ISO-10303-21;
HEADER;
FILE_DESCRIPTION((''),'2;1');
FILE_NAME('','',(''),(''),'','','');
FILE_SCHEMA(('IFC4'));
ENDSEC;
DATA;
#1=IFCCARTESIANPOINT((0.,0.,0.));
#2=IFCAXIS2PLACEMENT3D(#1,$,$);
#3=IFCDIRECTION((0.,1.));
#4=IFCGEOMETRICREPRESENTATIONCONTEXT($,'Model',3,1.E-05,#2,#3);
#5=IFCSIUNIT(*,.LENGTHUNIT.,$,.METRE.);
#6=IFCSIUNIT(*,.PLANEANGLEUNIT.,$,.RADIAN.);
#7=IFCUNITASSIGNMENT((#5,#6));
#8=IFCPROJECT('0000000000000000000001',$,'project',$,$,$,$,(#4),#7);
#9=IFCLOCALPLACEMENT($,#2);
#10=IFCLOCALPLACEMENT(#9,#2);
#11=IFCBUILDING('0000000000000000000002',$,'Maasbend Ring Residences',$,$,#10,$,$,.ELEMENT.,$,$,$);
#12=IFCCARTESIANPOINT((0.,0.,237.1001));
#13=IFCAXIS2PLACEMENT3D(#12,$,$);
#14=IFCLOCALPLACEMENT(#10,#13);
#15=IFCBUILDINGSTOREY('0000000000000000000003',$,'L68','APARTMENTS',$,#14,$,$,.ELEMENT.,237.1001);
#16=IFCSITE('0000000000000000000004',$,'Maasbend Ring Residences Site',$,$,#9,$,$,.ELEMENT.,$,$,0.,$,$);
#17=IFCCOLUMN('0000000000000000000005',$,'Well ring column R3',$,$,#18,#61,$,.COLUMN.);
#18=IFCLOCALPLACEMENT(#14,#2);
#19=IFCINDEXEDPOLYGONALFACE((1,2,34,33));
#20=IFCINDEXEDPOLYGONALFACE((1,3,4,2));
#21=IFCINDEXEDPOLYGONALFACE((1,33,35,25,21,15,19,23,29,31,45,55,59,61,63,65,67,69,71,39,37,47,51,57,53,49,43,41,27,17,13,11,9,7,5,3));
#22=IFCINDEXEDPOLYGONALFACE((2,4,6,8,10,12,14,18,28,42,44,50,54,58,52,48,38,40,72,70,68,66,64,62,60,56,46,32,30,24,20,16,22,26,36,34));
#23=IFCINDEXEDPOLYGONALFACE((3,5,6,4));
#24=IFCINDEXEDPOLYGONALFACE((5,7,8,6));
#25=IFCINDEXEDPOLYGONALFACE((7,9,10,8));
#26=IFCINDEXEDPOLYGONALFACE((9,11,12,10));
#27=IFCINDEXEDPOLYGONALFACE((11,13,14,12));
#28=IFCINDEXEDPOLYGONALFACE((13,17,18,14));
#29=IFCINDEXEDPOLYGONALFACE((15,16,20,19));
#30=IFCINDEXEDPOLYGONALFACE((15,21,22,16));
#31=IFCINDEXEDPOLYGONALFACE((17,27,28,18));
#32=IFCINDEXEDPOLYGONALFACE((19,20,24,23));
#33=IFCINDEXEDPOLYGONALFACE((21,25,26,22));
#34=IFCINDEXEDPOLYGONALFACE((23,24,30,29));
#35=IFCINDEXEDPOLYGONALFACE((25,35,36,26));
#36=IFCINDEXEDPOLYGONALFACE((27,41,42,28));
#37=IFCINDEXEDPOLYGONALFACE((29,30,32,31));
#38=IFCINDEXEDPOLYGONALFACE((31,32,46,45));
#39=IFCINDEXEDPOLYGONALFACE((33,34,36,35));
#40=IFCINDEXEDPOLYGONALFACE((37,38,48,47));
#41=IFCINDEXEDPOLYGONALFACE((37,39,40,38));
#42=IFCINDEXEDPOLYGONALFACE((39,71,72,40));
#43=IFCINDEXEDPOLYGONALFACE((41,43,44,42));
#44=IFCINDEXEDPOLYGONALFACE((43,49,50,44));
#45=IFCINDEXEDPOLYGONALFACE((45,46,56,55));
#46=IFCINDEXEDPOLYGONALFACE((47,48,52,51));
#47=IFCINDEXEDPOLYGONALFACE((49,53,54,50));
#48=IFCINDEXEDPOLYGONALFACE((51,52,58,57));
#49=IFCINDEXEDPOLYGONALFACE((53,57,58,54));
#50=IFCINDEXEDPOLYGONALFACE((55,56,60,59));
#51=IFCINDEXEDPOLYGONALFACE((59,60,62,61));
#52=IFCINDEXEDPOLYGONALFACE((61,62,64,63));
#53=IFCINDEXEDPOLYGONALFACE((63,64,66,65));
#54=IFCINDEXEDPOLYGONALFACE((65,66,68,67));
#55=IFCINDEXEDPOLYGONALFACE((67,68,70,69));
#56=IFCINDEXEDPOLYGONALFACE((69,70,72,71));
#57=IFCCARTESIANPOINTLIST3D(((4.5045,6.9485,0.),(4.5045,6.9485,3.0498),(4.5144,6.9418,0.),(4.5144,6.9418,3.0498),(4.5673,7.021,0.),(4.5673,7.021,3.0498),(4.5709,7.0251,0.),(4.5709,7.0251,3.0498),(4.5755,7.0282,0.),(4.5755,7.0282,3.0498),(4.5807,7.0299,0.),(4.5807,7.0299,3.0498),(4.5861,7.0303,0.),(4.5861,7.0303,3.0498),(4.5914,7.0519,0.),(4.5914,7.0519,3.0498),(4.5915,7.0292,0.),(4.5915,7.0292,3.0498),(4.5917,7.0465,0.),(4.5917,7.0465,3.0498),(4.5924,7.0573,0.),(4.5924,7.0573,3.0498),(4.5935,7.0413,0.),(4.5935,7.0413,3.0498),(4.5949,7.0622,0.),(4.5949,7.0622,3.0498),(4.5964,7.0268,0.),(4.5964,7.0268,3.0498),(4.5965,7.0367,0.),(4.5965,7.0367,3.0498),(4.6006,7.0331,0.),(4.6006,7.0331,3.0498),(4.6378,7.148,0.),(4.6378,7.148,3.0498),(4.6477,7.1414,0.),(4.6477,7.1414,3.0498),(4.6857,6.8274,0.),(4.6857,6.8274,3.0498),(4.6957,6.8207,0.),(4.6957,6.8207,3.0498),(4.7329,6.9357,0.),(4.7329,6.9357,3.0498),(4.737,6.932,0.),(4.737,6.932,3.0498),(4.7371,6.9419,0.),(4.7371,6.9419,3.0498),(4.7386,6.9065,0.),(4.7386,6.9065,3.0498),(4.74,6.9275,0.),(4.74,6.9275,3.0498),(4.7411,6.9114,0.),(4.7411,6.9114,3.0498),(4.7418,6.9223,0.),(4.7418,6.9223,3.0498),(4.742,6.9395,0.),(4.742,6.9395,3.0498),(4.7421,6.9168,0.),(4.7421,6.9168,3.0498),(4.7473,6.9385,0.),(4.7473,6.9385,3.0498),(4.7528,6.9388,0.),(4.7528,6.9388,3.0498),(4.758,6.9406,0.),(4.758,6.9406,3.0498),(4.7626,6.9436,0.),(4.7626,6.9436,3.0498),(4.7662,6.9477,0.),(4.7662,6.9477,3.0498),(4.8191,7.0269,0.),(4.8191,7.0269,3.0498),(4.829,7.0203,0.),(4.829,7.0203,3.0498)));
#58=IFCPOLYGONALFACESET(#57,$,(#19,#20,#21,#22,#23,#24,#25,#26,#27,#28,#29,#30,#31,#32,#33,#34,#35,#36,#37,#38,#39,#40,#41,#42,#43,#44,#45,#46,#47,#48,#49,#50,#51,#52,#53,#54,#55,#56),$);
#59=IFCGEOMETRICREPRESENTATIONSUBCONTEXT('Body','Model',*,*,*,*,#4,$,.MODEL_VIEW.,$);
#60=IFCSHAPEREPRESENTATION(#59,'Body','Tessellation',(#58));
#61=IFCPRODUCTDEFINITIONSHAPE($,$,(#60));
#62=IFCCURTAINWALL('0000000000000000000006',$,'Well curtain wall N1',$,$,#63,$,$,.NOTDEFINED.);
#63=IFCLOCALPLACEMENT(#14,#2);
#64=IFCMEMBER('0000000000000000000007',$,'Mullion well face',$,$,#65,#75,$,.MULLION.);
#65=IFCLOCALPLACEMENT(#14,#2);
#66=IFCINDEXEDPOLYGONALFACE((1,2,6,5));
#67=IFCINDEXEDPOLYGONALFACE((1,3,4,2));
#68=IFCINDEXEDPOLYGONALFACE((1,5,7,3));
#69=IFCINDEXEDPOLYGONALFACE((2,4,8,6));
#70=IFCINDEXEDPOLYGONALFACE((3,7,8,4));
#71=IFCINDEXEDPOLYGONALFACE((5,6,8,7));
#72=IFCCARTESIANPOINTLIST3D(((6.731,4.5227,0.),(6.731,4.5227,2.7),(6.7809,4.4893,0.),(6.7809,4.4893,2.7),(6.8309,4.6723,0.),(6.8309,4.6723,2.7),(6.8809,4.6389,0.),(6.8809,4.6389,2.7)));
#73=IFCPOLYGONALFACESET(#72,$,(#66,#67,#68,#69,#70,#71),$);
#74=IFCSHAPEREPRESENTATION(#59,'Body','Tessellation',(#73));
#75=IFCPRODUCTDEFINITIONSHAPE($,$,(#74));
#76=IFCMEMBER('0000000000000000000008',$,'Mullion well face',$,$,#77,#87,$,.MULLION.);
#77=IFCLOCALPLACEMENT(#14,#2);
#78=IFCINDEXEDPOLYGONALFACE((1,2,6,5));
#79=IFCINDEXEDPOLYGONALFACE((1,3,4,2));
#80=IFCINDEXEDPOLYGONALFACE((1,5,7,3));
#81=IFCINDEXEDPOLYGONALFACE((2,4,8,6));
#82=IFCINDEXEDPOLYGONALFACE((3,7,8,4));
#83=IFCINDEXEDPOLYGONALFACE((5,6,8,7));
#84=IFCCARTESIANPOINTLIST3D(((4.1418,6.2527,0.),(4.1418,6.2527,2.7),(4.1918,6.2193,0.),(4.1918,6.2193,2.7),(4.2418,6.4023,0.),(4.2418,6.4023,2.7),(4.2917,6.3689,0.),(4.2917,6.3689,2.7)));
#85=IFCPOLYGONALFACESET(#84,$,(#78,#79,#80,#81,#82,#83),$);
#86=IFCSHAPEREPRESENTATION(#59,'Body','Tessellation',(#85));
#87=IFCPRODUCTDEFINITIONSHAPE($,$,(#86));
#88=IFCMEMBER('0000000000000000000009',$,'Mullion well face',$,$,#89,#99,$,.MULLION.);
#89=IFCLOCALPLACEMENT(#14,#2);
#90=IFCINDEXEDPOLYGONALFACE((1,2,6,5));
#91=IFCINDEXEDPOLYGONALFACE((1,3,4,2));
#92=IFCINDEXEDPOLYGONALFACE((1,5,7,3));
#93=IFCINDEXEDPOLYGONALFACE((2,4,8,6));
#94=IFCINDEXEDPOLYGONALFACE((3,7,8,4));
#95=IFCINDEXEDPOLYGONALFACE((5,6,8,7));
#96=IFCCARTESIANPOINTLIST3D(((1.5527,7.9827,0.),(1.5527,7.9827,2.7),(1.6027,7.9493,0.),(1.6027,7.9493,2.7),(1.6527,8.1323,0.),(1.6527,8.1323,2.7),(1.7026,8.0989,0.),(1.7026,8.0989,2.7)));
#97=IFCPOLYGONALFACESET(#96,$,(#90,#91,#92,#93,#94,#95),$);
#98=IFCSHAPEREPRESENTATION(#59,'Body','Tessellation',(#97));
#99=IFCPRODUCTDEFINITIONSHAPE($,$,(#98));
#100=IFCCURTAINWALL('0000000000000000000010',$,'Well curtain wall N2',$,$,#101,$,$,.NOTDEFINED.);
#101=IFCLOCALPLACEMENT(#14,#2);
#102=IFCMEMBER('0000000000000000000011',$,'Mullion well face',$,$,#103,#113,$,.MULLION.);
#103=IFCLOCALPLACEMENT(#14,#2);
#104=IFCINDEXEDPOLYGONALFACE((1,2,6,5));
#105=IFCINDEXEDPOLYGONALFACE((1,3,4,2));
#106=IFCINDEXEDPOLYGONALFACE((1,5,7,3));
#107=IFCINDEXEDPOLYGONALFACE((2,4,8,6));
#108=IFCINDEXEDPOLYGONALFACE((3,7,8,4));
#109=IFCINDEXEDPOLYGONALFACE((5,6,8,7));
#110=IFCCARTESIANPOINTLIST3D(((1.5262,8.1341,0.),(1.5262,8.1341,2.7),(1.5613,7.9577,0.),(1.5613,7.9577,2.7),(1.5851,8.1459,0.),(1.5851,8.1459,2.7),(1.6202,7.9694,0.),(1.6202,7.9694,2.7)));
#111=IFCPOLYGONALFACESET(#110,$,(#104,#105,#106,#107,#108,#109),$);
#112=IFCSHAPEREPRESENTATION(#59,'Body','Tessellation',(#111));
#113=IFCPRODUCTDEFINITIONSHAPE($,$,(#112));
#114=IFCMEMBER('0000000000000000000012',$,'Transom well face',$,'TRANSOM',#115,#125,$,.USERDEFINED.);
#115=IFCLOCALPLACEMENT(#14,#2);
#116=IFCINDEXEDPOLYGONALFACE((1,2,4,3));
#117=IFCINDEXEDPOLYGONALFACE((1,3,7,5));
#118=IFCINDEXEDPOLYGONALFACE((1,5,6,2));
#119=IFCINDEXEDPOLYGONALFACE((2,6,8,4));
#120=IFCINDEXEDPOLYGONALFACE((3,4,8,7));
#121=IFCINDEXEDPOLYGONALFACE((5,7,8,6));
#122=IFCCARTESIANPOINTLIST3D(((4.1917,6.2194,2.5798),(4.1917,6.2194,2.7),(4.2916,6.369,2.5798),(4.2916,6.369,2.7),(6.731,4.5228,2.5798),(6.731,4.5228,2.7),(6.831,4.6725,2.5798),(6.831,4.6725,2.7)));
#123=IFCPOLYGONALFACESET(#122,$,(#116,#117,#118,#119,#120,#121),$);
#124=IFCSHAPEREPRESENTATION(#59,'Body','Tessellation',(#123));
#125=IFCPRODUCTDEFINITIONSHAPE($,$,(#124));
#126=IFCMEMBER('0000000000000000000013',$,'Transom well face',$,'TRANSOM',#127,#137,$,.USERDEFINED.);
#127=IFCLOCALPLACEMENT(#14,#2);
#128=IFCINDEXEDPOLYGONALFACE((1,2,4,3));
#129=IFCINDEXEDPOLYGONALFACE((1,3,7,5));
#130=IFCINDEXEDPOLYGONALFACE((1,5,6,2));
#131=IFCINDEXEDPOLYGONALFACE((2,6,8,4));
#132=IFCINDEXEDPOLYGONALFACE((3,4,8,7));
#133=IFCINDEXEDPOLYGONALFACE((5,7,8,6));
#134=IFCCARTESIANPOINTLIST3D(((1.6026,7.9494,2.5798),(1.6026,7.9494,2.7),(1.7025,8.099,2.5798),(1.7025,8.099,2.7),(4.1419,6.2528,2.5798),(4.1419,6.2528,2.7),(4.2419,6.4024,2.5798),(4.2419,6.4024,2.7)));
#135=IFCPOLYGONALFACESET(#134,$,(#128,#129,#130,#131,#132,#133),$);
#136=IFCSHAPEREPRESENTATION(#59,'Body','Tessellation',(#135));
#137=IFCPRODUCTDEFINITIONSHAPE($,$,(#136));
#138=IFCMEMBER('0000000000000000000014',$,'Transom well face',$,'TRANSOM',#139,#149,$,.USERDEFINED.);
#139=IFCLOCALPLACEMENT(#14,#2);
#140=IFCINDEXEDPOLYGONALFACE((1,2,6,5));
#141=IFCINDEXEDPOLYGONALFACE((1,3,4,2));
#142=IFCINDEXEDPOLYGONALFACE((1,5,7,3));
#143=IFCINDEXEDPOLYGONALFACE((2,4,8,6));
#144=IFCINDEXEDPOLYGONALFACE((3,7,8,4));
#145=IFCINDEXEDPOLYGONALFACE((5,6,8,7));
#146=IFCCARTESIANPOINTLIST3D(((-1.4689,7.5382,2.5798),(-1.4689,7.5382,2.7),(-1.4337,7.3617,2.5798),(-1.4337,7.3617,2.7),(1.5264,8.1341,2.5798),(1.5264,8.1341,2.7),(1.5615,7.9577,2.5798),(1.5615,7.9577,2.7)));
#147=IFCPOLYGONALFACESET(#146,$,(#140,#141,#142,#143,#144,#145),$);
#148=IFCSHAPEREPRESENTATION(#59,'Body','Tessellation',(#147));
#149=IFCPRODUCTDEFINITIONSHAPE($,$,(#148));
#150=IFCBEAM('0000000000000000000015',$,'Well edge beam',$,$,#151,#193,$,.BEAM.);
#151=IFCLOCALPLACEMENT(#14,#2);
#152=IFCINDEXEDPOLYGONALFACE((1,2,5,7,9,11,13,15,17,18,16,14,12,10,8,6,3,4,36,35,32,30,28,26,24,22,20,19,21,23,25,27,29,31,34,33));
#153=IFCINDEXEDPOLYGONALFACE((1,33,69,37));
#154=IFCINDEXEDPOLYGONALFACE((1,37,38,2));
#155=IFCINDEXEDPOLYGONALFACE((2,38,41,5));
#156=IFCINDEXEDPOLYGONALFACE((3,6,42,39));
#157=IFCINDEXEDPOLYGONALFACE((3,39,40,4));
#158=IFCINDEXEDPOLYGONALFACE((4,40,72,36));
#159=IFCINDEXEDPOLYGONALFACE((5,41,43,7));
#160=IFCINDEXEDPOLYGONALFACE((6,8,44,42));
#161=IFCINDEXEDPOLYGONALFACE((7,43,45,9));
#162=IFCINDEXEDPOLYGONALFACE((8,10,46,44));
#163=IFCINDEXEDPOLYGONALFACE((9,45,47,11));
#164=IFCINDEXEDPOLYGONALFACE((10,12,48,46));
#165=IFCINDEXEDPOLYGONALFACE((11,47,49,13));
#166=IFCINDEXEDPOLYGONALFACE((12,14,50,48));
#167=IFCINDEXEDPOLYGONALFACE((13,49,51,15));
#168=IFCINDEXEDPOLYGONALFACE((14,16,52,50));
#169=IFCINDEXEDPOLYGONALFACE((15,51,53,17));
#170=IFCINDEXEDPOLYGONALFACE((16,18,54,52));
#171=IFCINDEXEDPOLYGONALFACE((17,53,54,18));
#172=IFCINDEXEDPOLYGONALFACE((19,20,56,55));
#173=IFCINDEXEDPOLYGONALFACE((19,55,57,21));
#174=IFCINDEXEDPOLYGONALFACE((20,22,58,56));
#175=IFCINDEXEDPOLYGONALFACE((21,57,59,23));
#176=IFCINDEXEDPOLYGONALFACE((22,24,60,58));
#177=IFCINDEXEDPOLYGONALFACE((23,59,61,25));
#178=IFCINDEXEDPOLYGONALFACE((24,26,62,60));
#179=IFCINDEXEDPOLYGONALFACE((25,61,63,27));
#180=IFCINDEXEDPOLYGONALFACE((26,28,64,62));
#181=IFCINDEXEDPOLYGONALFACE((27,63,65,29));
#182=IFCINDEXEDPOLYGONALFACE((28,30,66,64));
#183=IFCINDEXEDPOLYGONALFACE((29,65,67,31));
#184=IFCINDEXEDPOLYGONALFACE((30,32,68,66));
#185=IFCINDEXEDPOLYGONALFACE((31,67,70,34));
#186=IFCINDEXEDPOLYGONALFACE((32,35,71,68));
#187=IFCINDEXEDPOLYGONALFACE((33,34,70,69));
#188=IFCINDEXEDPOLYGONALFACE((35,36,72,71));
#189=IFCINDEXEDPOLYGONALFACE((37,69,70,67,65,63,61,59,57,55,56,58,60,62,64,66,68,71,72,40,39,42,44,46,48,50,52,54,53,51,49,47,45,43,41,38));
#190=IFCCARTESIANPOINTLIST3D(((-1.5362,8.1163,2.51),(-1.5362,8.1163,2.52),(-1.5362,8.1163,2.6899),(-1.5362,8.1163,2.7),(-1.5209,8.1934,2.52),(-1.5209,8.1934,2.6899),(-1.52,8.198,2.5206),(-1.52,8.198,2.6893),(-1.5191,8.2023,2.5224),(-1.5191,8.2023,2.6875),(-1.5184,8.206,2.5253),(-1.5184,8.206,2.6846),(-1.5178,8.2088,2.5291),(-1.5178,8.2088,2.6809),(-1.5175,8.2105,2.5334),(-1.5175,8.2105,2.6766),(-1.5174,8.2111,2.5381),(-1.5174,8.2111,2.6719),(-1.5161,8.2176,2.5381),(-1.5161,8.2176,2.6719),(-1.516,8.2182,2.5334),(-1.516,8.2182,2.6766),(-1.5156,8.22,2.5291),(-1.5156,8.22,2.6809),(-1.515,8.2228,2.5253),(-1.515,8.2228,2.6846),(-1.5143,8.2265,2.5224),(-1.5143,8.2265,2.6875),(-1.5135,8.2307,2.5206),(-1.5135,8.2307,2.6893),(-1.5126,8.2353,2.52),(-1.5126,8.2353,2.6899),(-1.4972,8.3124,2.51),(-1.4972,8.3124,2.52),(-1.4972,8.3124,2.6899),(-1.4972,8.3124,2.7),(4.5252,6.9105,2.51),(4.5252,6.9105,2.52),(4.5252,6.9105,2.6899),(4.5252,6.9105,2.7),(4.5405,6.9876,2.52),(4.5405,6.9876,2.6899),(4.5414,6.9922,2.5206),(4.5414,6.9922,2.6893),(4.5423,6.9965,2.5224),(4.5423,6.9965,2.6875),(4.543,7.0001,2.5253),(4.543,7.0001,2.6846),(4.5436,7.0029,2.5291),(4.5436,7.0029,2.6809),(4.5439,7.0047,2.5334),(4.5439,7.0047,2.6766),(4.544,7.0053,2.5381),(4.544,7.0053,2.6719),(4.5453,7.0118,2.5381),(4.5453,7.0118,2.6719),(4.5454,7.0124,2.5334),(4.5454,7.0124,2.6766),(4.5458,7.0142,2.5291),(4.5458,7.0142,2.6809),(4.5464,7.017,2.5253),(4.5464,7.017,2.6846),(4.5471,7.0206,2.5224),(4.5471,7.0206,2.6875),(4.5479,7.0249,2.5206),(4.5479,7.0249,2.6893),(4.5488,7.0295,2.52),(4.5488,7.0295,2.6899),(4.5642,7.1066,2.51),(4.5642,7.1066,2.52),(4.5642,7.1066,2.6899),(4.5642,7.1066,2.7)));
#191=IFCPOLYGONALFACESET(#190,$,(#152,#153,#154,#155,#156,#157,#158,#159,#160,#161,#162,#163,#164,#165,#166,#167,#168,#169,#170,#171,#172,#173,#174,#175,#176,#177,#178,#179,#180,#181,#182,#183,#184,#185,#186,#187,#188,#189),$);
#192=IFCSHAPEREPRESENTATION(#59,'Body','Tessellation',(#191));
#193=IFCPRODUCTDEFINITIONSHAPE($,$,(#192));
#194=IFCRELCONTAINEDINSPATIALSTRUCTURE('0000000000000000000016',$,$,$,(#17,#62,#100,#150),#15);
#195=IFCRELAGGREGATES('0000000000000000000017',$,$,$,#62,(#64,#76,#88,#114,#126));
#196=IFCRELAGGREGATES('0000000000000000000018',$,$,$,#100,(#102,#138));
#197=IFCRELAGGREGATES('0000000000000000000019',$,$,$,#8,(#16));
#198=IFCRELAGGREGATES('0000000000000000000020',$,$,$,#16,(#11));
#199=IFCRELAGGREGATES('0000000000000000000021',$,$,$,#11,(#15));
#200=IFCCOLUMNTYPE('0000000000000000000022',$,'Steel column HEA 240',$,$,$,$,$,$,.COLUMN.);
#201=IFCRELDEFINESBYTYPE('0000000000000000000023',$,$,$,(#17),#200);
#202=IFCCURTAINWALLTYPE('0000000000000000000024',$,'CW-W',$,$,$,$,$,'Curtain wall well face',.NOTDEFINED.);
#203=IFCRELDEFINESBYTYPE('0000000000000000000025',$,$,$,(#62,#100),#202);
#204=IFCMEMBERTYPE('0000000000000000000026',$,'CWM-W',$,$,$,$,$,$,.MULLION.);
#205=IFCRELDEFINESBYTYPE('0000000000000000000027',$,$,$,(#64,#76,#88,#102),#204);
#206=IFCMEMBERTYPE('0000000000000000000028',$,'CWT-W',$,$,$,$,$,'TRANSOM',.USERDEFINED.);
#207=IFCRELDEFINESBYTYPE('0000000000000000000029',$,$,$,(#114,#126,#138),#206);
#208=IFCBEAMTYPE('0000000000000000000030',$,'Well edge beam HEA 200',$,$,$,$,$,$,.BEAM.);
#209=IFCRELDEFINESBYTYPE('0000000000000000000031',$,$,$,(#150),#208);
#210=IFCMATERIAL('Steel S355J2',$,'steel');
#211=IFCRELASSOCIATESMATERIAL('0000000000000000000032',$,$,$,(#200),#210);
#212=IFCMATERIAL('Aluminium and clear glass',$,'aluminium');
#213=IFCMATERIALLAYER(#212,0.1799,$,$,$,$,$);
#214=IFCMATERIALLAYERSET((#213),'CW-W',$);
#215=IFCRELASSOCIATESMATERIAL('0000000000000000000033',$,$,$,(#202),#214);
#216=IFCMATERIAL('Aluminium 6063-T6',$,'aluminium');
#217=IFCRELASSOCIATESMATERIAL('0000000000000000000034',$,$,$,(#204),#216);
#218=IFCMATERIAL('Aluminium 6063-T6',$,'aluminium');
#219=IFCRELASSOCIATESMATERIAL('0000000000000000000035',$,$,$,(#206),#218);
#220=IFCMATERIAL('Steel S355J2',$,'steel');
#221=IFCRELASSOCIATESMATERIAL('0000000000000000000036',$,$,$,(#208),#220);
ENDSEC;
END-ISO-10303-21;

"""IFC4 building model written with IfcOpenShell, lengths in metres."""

from ifc_helpers import new_model, si_unit, direction, frame, origin, origin_2d, place, context, subcontext, project, spatial, rectangle, i_section, extrude, material, layer, layer_set, material_profile, profile_set, type_object, element, aggregate, save


model = new_model("IFC4")

# Units and contexts
model_context = context("Model", 3, precision=1e-05, world=origin(), true_north=direction((0.0, 1.0)))
body_context = subcontext(model_context, "Body", "Model", "MODEL_VIEW")
ifc_project = project(units=[si_unit("LENGTHUNIT", "METRE"), si_unit("PLANEANGLEUNIT", "RADIAN")], contexts=[model_context])

# Site, building, storey
site_placement = place(None, origin())
site = spatial("IfcSite", under=ifc_project, at=site_placement, Name="Maasbend Ring Residences Site", CompositionType="ELEMENT", RefElevation=0.0)
building_placement = place(site_placement, origin())
building = spatial("IfcBuilding", under=site, at=building_placement, Name="Maasbend Ring Residences", CompositionType="ELEMENT")
storey_placement = place(building_placement, frame((0.0, 0.0, 237.1001)))
storey = spatial("IfcBuildingStorey", under=building, at=storey_placement, Name="L68", Description="APARTMENTS", CompositionType="ELEMENT", Elevation=237.1001)

# Column
ifc_material_1 = material(Name="Steel S355J2", Category="steel")
ifc_material_profile_1 = material_profile(ifc_material_1, i_section(OverallWidth=0.24, OverallDepth=0.23, WebThickness=0.0076, FlangeThickness=0.012, FilletRadius=0.021, at=origin_2d()), Name="HEA 240")
ifc_profile_set_1 = profile_set([ifc_material_profile_1], Name="Steel S355J2")
column_type = type_object("IfcColumnType", Name="Steel column HEA 240", PredefinedType="COLUMN", material=ifc_profile_set_1)
column_placement = place(storey_placement, frame((4.6667, 6.9844, 0.0), z_axis=(0.0, 0.0, 1.0), x_axis=(0.55557, 0.83147, 0.0)))
element("IfcColumn", 1, at=column_placement, inside=storey, type_object=column_type, Name="Well ring column R3", PredefinedType="COLUMN", context=body_context, shape_type="SweptSolid", body=[
    extrude(i_section(OverallWidth=0.24, OverallDepth=0.23, WebThickness=0.0076, FlangeThickness=0.012, FilletRadius=0.021, at=origin_2d()), origin(), (0.0, 0.0, 1.0), 3.0498),
])

# Curtain wall, members
ifc_material_2 = material(Name="Aluminium and clear glass", Category="aluminium")
ifc_layer_1 = layer(ifc_material_2, 0.1799)
ifc_layer_set_1 = layer_set([ifc_layer_1], Name="CW-W")
curtain_wall_type = type_object("IfcCurtainWallType", Name="CW-W", ElementType="Curtain wall well face", PredefinedType="NOTDEFINED", material=ifc_layer_set_1)
curtain_wall_1_placement = place(storey_placement, origin())
curtain_wall_1 = element("IfcCurtainWall", 2, at=curtain_wall_1_placement, inside=storey, type_object=curtain_wall_type, Name="Well curtain wall N1", PredefinedType="NOTDEFINED")
ifc_material_3 = material(Name="Aluminium 6063-T6", Category="aluminium")
ifc_material_profile_2 = material_profile(ifc_material_3, rectangle(XDim=0.1799, YDim=0.0601, at=origin_2d()), Name="AL 180x60")
ifc_profile_set_2 = profile_set([ifc_material_profile_2], Name="Aluminium 6063-T6")
member_type_1 = type_object("IfcMemberType", Name="CWM-W", PredefinedType="MULLION", material=ifc_profile_set_2)
member_1_placement = place(storey_placement, frame((6.8059, 4.5808, 0.0), z_axis=(0.0, 0.0, 1.0), x_axis=(-0.55557, -0.83147, 0.0)))
member_1 = element("IfcMember", 3, at=member_1_placement, type_object=member_type_1, Name="Mullion well face", PredefinedType="MULLION", context=body_context, shape_type="SweptSolid", body=[
    extrude(rectangle(XDim=0.1799, YDim=0.0601, at=origin_2d()), origin(), (0.0, 0.0, 1.0), 2.7),
])
member_2_placement = place(storey_placement, frame((4.2168, 6.3108, 0.0), z_axis=(0.0, 0.0, 1.0), x_axis=(-0.55557, -0.83147, 0.0)))
member_2 = element("IfcMember", 4, at=member_2_placement, type_object=member_type_1, Name="Mullion well face", PredefinedType="MULLION", context=body_context, shape_type="SweptSolid", body=[
    extrude(rectangle(XDim=0.1799, YDim=0.0601, at=origin_2d()), origin(), (0.0, 0.0, 1.0), 2.7),
])
member_3_placement = place(storey_placement, frame((1.6277, 8.0408, 0.0), z_axis=(0.0, 0.0, 1.0), x_axis=(-0.55557, -0.83147, 0.0)))
member_3 = element("IfcMember", 5, at=member_3_placement, type_object=member_type_1, Name="Mullion well face", PredefinedType="MULLION", context=body_context, shape_type="SweptSolid", body=[
    extrude(rectangle(XDim=0.1799, YDim=0.0601, at=origin_2d()), origin(), (0.0, 0.0, 1.0), 2.7),
])

# Curtain wall, member
curtain_wall_2_placement = place(storey_placement, origin())
curtain_wall_2 = element("IfcCurtainWall", 6, at=curtain_wall_2_placement, inside=storey, type_object=curtain_wall_type, Name="Well curtain wall N2", PredefinedType="NOTDEFINED")
member_4_placement = place(storey_placement, frame((1.5732, 8.0518, 0.0), z_axis=(0.0, 0.0, 1.0), x_axis=(0.19509, -0.980785, 0.0)))
member_4 = element("IfcMember", 7, at=member_4_placement, type_object=member_type_1, Name="Mullion well face", PredefinedType="MULLION", context=body_context, shape_type="SweptSolid", body=[
    extrude(rectangle(XDim=0.1799, YDim=0.0601, at=origin_2d()), origin(), (0.0, 0.0, 1.0), 2.7),
])

# Members
ifc_material_4 = material(Name="Aluminium 6063-T6", Category="aluminium")
ifc_material_profile_3 = material_profile(ifc_material_4, rectangle(XDim=0.1799, YDim=0.1201, at=origin_2d()), Name="AL 180x120")
ifc_profile_set_3 = profile_set([ifc_material_profile_3], Name="Aluminium 6063-T6")
member_type_2 = type_object("IfcMemberType", Name="CWT-W", ElementType="TRANSOM", PredefinedType="USERDEFINED", material=ifc_profile_set_3)
member_5_placement = place(storey_placement, frame((6.781, 4.5977, 2.6399), z_axis=(-0.831496, 0.55553, 0.0), x_axis=(-0.55553, -0.831496, 0.0)))
member_5 = element("IfcMember", 8, at=member_5_placement, type_object=member_type_2, Name="Transom well face", ObjectType="TRANSOM", PredefinedType="USERDEFINED", context=body_context, shape_type="SweptSolid", body=[
    extrude(rectangle(XDim=0.1799, YDim=0.1201, at=origin_2d()), origin(), (0.0, 0.0, 1.0), 3.054),
])
member_6_placement = place(storey_placement, frame((4.1919, 6.3276, 2.6399), z_axis=(-0.831496, 0.55553, 0.0), x_axis=(-0.55553, -0.831496, 0.0)))
member_6 = element("IfcMember", 9, at=member_6_placement, type_object=member_type_2, Name="Transom well face", ObjectType="TRANSOM", PredefinedType="USERDEFINED", context=body_context, shape_type="SweptSolid", body=[
    extrude(rectangle(XDim=0.1799, YDim=0.1201, at=origin_2d()), origin(), (0.0, 0.0, 1.0), 3.054),
])
member_7_placement = place(storey_placement, frame((1.5439, 8.0459, 2.6399), z_axis=(-0.980777, -0.195132, 0.0), x_axis=(0.195132, -0.980777, 0.0)))
member_7 = element("IfcMember", 10, at=member_7_placement, type_object=member_type_2, Name="Transom well face", ObjectType="TRANSOM", PredefinedType="USERDEFINED", context=body_context, shape_type="SweptSolid", body=[
    extrude(rectangle(XDim=0.1799, YDim=0.1201, at=origin_2d()), origin(), (0.0, 0.0, 1.0), 3.054),
])

# Beam
ifc_material_5 = material(Name="Steel S355J2", Category="steel")
ifc_material_profile_4 = material_profile(ifc_material_5, i_section(OverallWidth=0.2, OverallDepth=0.1899, WebThickness=0.0066, FlangeThickness=0.01, FilletRadius=0.0181, at=origin_2d()), Name="HEA 200")
ifc_profile_set_4 = profile_set([ifc_material_profile_4], Name="Steel S355J2")
beam_type = type_object("IfcBeamType", Name="Well edge beam HEA 200", PredefinedType="BEAM", material=ifc_profile_set_4)
beam_placement = place(storey_placement, frame((4.5447, 7.0085, 2.605), z_axis=(-0.980781, 0.195113, 0.0), x_axis=(-0.195113, -0.980781, 0.0)))
element("IfcBeam", 11, at=beam_placement, inside=storey, type_object=beam_type, Name="Well edge beam", PredefinedType="BEAM", context=body_context, shape_type="SweptSolid", body=[
    extrude(i_section(OverallWidth=0.2, OverallDepth=0.1899, WebThickness=0.0066, FlangeThickness=0.01, FilletRadius=0.0181, at=origin_2d()), origin(), (0.0, 0.0, 1.0), 6.1802),
])

aggregate(curtain_wall_1, [member_1, member_2, member_3, member_5, member_6])
aggregate(curtain_wall_2, [member_4, member_7])

save(model, "model.ifc")
